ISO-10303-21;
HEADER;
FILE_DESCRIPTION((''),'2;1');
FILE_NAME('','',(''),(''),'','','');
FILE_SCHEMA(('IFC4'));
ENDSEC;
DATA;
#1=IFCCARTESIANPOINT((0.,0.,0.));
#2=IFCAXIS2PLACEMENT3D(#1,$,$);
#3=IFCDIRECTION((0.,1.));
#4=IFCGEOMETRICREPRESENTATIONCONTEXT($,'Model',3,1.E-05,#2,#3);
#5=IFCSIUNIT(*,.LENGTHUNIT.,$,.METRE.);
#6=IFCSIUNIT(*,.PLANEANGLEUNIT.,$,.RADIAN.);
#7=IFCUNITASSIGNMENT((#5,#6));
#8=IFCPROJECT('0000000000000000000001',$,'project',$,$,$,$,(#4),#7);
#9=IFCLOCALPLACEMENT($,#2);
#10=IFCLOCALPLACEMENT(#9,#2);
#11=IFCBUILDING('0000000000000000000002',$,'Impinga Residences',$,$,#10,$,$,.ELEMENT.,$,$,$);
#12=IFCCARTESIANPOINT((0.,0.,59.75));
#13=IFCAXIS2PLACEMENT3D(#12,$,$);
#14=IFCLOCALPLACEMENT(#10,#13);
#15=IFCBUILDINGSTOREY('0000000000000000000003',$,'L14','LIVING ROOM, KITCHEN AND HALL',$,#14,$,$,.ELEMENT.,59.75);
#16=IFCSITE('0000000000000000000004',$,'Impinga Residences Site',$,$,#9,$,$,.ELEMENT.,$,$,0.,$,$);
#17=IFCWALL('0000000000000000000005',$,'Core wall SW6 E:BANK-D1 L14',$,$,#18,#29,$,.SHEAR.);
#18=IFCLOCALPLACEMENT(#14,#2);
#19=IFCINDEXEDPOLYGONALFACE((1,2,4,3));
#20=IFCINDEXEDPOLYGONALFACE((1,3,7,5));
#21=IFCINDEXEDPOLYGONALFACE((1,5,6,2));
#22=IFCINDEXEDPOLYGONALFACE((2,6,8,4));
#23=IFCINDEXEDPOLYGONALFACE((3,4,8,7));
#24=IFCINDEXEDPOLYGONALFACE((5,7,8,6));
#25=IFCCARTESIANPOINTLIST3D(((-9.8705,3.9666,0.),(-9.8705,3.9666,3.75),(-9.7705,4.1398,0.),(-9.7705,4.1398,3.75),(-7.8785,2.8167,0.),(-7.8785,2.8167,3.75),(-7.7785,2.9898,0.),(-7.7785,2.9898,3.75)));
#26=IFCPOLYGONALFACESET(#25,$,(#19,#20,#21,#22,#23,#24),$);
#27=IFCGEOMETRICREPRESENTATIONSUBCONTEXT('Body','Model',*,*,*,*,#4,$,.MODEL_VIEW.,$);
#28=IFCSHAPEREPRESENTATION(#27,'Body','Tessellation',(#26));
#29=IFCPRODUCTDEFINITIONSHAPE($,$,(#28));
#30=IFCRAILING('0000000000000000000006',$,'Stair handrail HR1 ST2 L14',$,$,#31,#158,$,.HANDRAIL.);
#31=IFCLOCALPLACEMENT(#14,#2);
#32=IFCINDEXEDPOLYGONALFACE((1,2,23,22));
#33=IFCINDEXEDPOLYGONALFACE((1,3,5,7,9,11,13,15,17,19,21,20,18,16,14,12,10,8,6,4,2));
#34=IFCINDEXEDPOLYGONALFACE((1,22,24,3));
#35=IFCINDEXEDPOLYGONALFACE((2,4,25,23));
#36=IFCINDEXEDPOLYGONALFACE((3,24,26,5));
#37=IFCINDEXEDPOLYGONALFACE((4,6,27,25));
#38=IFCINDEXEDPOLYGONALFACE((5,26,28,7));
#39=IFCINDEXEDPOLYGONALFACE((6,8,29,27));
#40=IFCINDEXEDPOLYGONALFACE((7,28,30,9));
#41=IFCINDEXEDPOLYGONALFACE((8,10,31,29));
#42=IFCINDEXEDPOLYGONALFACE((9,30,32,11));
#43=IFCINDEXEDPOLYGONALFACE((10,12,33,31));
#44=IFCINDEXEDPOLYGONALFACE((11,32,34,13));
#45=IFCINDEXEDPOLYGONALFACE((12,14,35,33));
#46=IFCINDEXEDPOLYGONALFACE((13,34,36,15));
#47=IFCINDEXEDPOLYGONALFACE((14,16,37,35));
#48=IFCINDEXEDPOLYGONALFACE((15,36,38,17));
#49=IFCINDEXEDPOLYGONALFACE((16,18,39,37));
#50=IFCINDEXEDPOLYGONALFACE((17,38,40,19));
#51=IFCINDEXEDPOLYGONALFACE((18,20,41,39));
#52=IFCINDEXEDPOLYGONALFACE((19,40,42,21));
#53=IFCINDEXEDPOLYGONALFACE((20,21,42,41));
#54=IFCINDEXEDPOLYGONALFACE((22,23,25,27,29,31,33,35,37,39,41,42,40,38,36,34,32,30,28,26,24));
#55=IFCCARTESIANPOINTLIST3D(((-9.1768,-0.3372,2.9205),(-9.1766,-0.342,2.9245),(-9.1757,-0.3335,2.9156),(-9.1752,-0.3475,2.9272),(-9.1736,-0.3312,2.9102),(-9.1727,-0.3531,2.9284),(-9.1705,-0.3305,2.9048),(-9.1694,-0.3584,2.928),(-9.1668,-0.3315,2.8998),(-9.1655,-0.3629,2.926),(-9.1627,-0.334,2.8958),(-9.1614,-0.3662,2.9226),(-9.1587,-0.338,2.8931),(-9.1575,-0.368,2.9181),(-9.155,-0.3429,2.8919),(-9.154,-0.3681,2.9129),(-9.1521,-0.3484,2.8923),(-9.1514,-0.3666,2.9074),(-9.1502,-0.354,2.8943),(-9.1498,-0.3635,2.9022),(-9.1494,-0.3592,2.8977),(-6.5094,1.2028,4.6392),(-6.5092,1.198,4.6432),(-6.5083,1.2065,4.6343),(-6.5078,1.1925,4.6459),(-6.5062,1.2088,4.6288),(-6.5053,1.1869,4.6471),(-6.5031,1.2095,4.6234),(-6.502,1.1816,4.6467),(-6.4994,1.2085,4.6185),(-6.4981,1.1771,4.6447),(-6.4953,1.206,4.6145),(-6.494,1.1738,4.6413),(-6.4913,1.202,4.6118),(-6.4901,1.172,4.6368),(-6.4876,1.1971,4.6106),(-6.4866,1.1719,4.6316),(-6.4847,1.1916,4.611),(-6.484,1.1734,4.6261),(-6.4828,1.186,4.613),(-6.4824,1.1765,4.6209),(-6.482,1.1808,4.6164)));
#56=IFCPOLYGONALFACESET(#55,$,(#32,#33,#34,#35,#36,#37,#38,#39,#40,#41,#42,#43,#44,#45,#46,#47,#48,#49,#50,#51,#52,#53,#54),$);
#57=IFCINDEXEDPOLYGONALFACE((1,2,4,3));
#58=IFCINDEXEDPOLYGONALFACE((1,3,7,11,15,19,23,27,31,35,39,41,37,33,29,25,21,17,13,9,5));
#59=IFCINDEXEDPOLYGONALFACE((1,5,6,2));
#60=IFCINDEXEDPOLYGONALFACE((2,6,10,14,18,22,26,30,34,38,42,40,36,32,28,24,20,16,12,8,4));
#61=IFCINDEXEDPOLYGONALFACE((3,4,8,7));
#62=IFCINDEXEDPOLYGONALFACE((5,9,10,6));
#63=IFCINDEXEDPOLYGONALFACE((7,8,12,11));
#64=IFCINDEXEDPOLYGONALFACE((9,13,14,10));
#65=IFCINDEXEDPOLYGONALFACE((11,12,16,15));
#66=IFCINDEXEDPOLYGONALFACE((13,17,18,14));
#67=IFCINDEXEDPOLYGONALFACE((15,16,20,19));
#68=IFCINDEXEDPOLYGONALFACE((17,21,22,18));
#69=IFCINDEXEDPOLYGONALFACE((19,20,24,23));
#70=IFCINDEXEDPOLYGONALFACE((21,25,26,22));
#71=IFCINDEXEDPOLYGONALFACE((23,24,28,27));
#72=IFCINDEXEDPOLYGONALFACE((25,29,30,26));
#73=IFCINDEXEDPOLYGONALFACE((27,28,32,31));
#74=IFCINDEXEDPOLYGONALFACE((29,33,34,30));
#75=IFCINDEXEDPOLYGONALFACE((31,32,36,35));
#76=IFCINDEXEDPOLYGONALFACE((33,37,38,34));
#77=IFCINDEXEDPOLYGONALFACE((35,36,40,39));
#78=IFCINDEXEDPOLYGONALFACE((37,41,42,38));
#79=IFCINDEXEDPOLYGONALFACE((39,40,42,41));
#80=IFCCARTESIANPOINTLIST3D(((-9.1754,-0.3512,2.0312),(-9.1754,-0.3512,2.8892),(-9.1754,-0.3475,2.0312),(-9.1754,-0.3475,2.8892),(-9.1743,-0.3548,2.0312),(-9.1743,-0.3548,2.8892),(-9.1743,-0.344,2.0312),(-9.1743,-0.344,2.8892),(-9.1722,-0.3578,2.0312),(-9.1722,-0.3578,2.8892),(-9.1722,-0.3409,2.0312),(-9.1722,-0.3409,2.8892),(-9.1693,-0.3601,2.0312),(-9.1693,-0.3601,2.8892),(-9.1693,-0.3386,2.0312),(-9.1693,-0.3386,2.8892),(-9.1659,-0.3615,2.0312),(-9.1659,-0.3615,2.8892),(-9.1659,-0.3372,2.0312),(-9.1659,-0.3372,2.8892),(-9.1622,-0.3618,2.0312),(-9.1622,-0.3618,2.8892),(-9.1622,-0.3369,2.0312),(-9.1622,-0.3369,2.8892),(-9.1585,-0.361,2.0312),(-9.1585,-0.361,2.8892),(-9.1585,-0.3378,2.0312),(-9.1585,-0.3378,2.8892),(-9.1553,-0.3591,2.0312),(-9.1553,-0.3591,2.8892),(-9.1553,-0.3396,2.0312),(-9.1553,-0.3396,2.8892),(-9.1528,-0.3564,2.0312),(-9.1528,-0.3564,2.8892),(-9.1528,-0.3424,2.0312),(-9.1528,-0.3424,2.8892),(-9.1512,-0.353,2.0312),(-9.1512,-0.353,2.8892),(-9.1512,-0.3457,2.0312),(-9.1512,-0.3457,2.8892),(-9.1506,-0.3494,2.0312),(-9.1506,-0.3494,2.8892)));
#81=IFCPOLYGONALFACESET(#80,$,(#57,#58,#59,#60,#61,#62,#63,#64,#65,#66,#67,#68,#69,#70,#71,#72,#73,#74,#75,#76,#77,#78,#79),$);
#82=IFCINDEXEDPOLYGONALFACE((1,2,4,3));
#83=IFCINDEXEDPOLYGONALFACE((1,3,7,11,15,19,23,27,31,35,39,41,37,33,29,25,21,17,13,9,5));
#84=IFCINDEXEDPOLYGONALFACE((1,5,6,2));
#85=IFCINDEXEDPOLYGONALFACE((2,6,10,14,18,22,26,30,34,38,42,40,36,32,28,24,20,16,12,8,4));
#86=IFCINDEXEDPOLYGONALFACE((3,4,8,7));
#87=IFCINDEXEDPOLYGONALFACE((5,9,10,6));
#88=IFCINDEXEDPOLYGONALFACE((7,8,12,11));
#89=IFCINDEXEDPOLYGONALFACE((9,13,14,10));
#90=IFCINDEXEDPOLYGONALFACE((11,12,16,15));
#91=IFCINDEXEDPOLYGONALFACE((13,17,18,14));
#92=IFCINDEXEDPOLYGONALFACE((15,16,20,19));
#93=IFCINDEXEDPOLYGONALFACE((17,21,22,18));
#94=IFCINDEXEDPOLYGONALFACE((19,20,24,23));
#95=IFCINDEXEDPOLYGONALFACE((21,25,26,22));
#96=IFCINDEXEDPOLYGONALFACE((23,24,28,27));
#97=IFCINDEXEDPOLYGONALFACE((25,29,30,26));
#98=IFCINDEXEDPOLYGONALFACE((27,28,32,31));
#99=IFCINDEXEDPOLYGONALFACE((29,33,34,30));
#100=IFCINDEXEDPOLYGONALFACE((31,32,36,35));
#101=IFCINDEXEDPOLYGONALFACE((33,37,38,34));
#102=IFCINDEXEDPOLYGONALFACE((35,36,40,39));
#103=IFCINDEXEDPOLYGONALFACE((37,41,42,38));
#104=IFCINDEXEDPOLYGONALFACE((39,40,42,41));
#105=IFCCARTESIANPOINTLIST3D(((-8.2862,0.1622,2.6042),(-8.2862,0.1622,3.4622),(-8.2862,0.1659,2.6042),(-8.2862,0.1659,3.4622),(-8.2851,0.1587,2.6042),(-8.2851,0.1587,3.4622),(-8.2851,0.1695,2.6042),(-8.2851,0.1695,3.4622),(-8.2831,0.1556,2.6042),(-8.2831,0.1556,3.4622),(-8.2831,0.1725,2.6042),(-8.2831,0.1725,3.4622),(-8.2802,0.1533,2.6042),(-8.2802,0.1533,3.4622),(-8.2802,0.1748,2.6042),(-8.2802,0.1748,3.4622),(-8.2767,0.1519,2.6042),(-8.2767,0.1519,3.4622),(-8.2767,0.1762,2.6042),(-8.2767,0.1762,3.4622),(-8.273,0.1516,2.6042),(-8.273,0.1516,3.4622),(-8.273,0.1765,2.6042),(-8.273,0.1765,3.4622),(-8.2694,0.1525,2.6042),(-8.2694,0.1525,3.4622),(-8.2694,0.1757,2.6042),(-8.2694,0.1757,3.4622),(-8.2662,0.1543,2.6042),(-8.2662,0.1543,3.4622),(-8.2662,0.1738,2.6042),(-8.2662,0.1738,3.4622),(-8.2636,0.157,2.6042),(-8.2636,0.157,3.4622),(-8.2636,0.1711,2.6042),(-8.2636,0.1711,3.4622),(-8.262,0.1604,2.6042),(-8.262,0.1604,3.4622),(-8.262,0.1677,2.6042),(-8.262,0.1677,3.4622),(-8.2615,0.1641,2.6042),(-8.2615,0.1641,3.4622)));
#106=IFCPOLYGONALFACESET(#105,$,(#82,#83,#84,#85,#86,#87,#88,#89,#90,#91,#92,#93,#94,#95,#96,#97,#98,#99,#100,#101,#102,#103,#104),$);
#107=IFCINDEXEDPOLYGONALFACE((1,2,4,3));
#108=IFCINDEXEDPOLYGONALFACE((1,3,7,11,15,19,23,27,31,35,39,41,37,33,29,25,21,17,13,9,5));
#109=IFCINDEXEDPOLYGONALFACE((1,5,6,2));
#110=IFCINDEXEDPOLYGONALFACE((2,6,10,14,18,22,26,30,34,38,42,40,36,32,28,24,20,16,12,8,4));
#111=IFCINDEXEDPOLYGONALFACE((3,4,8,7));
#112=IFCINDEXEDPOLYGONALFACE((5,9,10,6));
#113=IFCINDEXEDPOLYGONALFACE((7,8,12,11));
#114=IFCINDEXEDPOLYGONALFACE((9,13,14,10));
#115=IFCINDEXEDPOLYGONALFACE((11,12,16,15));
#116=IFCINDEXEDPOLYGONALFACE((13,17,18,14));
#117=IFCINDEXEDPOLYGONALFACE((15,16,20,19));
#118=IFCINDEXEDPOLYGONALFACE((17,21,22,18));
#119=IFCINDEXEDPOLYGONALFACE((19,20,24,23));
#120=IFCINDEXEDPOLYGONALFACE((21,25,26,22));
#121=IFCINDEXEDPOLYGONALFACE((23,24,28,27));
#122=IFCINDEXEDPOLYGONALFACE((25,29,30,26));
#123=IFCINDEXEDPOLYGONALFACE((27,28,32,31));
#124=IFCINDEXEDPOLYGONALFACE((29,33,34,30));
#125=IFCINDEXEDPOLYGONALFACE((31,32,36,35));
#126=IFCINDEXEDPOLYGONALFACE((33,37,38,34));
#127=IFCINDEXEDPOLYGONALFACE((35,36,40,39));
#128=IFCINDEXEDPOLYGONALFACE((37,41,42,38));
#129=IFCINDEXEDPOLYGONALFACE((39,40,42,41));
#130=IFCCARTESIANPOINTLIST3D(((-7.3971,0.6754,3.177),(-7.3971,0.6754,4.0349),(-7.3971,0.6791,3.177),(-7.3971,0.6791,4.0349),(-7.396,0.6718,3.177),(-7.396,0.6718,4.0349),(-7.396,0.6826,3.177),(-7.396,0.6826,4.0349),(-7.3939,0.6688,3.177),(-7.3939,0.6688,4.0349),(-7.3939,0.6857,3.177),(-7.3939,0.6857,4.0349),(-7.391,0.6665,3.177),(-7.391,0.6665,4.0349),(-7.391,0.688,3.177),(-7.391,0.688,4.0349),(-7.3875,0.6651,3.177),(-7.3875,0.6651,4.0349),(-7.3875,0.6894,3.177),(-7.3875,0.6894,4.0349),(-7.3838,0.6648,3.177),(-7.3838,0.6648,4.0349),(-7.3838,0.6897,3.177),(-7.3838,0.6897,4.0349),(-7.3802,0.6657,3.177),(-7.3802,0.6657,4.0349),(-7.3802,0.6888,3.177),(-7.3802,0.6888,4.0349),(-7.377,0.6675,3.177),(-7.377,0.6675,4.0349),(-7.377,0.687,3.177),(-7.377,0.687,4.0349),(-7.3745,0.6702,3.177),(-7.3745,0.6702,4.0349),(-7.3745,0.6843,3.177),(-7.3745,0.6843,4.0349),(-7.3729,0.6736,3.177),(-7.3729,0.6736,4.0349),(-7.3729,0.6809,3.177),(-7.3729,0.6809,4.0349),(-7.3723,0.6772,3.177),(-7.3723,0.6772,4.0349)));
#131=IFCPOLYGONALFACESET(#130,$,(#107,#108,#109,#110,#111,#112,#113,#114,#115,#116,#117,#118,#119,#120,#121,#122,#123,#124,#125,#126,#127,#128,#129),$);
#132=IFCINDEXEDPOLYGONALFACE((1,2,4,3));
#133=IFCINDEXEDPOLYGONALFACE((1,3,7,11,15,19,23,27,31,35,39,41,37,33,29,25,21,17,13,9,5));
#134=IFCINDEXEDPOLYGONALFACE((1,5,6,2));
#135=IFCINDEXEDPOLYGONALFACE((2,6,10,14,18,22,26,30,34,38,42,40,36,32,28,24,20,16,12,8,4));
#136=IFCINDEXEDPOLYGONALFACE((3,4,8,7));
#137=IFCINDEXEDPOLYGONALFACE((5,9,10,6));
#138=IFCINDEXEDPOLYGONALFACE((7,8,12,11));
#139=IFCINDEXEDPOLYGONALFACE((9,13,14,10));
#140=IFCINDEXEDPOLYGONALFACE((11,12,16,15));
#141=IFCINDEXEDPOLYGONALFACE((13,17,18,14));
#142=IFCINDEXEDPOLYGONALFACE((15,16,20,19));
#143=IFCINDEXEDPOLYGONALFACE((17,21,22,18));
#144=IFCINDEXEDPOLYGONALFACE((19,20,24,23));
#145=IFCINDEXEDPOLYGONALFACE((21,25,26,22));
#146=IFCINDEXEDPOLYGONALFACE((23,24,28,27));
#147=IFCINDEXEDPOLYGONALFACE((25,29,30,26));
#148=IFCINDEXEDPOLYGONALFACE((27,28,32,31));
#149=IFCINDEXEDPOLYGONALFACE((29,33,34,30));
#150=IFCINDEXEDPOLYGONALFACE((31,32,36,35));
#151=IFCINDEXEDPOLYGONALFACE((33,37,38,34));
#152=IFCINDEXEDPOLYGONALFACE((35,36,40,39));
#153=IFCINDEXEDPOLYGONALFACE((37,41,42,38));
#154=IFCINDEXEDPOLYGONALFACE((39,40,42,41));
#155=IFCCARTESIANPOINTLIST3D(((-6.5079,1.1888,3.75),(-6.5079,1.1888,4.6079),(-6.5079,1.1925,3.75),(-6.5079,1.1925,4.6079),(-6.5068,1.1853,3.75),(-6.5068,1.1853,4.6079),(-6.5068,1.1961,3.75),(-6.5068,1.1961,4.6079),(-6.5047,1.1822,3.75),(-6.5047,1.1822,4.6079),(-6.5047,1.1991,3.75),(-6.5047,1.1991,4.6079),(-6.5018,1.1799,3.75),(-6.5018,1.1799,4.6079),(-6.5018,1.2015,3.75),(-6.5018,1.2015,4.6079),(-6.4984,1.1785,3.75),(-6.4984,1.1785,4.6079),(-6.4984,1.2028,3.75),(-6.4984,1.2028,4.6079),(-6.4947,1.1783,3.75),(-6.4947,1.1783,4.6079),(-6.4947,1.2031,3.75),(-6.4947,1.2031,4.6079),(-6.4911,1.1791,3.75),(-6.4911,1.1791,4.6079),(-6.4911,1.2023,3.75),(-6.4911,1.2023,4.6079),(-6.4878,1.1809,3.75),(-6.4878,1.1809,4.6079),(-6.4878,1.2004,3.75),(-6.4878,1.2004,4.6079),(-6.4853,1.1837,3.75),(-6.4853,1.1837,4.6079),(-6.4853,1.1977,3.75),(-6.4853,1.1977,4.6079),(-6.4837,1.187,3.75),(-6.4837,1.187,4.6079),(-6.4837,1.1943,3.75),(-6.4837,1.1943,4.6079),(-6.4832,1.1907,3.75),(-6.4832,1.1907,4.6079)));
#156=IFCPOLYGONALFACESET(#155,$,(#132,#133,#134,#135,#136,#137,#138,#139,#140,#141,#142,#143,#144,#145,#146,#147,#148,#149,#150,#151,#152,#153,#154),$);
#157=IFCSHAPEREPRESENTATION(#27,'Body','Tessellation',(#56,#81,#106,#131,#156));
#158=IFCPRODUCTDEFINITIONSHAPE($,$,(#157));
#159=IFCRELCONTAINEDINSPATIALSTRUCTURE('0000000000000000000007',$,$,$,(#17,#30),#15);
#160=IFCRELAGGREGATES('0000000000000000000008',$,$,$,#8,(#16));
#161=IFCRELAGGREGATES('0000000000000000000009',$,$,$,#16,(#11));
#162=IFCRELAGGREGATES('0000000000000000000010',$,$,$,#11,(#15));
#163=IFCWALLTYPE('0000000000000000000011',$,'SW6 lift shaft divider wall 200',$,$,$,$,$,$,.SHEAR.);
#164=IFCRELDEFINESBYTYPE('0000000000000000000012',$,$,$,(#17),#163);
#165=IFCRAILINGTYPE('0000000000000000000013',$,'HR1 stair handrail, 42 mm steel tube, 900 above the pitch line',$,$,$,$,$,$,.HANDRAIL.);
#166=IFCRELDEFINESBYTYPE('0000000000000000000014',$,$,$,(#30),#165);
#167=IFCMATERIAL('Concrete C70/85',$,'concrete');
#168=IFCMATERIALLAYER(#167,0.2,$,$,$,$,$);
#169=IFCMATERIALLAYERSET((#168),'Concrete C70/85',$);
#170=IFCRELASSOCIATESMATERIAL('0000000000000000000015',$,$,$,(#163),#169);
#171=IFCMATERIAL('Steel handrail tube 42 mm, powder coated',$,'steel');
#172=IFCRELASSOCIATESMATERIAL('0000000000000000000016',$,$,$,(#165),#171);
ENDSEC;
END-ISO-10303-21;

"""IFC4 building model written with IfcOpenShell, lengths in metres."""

from ifc_helpers import new_model, si_unit, direction, frame, frame_2d, origin, origin_2d, place, context, subcontext, project, spatial, rectangle, circle, extrude, material, layer, layer_set, type_object, element, save


model = new_model("IFC4")

# Units and contexts
model_context = context("Model", 3, precision=1e-05, world=origin(), true_north=direction((0.0, 1.0)))
body_context = subcontext(model_context, "Body", "Model", "MODEL_VIEW")
ifc_project = project(units=[si_unit("LENGTHUNIT", "METRE"), si_unit("PLANEANGLEUNIT", "RADIAN")], contexts=[model_context])

# Site, building, storey
site_placement = place(None, origin())
site = spatial("IfcSite", under=ifc_project, at=site_placement, Name="Impinga Residences Site", CompositionType="ELEMENT", RefElevation=0.0)
building_placement = place(site_placement, origin())
building = spatial("IfcBuilding", under=site, at=building_placement, Name="Impinga Residences", CompositionType="ELEMENT")
storey_placement = place(building_placement, frame((0.0, 0.0, 59.75)))
storey = spatial("IfcBuildingStorey", under=building, at=storey_placement, Name="L14", Description="LIVING ROOM, KITCHEN AND HALL", CompositionType="ELEMENT", Elevation=59.75)

# Shared definitions
ifc_material_1 = material(Name="Concrete C70/85", Category="concrete")

# Wall
ifc_layer_1 = layer(ifc_material_1, 0.2)
ifc_layer_set_1 = layer_set([ifc_layer_1], Name="Concrete C70/85")
wall_type_1 = type_object("IfcWallType", Name="SW6 lift shaft divider wall 200", PredefinedType="SHEAR", material=ifc_layer_set_1)
wall_1_placement = place(storey_placement, frame((-7.8286, 2.9033, 0.0), z_axis=(0.0, 0.0, 1.0), x_axis=(-0.866053, 0.499952, 0.0)))
element("IfcWall", 1, at=wall_1_placement, inside=storey, type_object=wall_type_1, Name="Core wall SW6 E:BANK-D1 L14", PredefinedType="SHEAR", context=body_context, shape_type="SweptSolid", body=[
    extrude(rectangle(XDim=2.3, YDim=0.2, at=frame_2d((1.1499, 0.0))), origin(), (0.0, 0.0, 1.0), 3.75),
])

# Railing
ifc_material_2 = material(Name="Steel handrail tube 42 mm, powder coated", Category="steel")
railing_type = type_object("IfcRailingType", Name="HR1 stair handrail, 42 mm steel tube, 900 above the pitch line", PredefinedType="HANDRAIL", material=ifc_material_2)
railing_placement = place(storey_placement, frame((-9.1631, -0.3494, 2.0312)))
element("IfcRailing", 2, at=railing_placement, inside=storey, type_object=railing_type, Name="Stair handrail HR1 ST2 L14", PredefinedType="HANDRAIL", context=body_context, shape_type="SweptSolid", body=[
    extrude(circle(Radius=0.021, at=origin_2d()), frame((0.0, 0.0, 0.8789), z_axis=(0.756256, 0.436616, 0.487282), x_axis=(-0.499992, 0.86603, 0.0)), (0.0, 0.0, 1.0), 3.5271),
    extrude(circle(Radius=0.0125, at=origin_2d()), origin(), (0.0, 0.0, 1.0), 0.8579),
    extrude(circle(Radius=0.0125, at=origin_2d()), frame((0.8892, 0.5134, 0.573)), (0.0, 0.0, 1.0), 0.8579),
    extrude(circle(Radius=0.0125, at=origin_2d()), frame((1.7783, 1.0266, 1.1458)), (0.0, 0.0, 1.0), 0.8579),
    extrude(circle(Radius=0.0125, at=origin_2d()), frame((2.6675, 1.54, 1.7188)), (0.0, 0.0, 1.0), 0.8579),
])

save(model, "model.ifc")
